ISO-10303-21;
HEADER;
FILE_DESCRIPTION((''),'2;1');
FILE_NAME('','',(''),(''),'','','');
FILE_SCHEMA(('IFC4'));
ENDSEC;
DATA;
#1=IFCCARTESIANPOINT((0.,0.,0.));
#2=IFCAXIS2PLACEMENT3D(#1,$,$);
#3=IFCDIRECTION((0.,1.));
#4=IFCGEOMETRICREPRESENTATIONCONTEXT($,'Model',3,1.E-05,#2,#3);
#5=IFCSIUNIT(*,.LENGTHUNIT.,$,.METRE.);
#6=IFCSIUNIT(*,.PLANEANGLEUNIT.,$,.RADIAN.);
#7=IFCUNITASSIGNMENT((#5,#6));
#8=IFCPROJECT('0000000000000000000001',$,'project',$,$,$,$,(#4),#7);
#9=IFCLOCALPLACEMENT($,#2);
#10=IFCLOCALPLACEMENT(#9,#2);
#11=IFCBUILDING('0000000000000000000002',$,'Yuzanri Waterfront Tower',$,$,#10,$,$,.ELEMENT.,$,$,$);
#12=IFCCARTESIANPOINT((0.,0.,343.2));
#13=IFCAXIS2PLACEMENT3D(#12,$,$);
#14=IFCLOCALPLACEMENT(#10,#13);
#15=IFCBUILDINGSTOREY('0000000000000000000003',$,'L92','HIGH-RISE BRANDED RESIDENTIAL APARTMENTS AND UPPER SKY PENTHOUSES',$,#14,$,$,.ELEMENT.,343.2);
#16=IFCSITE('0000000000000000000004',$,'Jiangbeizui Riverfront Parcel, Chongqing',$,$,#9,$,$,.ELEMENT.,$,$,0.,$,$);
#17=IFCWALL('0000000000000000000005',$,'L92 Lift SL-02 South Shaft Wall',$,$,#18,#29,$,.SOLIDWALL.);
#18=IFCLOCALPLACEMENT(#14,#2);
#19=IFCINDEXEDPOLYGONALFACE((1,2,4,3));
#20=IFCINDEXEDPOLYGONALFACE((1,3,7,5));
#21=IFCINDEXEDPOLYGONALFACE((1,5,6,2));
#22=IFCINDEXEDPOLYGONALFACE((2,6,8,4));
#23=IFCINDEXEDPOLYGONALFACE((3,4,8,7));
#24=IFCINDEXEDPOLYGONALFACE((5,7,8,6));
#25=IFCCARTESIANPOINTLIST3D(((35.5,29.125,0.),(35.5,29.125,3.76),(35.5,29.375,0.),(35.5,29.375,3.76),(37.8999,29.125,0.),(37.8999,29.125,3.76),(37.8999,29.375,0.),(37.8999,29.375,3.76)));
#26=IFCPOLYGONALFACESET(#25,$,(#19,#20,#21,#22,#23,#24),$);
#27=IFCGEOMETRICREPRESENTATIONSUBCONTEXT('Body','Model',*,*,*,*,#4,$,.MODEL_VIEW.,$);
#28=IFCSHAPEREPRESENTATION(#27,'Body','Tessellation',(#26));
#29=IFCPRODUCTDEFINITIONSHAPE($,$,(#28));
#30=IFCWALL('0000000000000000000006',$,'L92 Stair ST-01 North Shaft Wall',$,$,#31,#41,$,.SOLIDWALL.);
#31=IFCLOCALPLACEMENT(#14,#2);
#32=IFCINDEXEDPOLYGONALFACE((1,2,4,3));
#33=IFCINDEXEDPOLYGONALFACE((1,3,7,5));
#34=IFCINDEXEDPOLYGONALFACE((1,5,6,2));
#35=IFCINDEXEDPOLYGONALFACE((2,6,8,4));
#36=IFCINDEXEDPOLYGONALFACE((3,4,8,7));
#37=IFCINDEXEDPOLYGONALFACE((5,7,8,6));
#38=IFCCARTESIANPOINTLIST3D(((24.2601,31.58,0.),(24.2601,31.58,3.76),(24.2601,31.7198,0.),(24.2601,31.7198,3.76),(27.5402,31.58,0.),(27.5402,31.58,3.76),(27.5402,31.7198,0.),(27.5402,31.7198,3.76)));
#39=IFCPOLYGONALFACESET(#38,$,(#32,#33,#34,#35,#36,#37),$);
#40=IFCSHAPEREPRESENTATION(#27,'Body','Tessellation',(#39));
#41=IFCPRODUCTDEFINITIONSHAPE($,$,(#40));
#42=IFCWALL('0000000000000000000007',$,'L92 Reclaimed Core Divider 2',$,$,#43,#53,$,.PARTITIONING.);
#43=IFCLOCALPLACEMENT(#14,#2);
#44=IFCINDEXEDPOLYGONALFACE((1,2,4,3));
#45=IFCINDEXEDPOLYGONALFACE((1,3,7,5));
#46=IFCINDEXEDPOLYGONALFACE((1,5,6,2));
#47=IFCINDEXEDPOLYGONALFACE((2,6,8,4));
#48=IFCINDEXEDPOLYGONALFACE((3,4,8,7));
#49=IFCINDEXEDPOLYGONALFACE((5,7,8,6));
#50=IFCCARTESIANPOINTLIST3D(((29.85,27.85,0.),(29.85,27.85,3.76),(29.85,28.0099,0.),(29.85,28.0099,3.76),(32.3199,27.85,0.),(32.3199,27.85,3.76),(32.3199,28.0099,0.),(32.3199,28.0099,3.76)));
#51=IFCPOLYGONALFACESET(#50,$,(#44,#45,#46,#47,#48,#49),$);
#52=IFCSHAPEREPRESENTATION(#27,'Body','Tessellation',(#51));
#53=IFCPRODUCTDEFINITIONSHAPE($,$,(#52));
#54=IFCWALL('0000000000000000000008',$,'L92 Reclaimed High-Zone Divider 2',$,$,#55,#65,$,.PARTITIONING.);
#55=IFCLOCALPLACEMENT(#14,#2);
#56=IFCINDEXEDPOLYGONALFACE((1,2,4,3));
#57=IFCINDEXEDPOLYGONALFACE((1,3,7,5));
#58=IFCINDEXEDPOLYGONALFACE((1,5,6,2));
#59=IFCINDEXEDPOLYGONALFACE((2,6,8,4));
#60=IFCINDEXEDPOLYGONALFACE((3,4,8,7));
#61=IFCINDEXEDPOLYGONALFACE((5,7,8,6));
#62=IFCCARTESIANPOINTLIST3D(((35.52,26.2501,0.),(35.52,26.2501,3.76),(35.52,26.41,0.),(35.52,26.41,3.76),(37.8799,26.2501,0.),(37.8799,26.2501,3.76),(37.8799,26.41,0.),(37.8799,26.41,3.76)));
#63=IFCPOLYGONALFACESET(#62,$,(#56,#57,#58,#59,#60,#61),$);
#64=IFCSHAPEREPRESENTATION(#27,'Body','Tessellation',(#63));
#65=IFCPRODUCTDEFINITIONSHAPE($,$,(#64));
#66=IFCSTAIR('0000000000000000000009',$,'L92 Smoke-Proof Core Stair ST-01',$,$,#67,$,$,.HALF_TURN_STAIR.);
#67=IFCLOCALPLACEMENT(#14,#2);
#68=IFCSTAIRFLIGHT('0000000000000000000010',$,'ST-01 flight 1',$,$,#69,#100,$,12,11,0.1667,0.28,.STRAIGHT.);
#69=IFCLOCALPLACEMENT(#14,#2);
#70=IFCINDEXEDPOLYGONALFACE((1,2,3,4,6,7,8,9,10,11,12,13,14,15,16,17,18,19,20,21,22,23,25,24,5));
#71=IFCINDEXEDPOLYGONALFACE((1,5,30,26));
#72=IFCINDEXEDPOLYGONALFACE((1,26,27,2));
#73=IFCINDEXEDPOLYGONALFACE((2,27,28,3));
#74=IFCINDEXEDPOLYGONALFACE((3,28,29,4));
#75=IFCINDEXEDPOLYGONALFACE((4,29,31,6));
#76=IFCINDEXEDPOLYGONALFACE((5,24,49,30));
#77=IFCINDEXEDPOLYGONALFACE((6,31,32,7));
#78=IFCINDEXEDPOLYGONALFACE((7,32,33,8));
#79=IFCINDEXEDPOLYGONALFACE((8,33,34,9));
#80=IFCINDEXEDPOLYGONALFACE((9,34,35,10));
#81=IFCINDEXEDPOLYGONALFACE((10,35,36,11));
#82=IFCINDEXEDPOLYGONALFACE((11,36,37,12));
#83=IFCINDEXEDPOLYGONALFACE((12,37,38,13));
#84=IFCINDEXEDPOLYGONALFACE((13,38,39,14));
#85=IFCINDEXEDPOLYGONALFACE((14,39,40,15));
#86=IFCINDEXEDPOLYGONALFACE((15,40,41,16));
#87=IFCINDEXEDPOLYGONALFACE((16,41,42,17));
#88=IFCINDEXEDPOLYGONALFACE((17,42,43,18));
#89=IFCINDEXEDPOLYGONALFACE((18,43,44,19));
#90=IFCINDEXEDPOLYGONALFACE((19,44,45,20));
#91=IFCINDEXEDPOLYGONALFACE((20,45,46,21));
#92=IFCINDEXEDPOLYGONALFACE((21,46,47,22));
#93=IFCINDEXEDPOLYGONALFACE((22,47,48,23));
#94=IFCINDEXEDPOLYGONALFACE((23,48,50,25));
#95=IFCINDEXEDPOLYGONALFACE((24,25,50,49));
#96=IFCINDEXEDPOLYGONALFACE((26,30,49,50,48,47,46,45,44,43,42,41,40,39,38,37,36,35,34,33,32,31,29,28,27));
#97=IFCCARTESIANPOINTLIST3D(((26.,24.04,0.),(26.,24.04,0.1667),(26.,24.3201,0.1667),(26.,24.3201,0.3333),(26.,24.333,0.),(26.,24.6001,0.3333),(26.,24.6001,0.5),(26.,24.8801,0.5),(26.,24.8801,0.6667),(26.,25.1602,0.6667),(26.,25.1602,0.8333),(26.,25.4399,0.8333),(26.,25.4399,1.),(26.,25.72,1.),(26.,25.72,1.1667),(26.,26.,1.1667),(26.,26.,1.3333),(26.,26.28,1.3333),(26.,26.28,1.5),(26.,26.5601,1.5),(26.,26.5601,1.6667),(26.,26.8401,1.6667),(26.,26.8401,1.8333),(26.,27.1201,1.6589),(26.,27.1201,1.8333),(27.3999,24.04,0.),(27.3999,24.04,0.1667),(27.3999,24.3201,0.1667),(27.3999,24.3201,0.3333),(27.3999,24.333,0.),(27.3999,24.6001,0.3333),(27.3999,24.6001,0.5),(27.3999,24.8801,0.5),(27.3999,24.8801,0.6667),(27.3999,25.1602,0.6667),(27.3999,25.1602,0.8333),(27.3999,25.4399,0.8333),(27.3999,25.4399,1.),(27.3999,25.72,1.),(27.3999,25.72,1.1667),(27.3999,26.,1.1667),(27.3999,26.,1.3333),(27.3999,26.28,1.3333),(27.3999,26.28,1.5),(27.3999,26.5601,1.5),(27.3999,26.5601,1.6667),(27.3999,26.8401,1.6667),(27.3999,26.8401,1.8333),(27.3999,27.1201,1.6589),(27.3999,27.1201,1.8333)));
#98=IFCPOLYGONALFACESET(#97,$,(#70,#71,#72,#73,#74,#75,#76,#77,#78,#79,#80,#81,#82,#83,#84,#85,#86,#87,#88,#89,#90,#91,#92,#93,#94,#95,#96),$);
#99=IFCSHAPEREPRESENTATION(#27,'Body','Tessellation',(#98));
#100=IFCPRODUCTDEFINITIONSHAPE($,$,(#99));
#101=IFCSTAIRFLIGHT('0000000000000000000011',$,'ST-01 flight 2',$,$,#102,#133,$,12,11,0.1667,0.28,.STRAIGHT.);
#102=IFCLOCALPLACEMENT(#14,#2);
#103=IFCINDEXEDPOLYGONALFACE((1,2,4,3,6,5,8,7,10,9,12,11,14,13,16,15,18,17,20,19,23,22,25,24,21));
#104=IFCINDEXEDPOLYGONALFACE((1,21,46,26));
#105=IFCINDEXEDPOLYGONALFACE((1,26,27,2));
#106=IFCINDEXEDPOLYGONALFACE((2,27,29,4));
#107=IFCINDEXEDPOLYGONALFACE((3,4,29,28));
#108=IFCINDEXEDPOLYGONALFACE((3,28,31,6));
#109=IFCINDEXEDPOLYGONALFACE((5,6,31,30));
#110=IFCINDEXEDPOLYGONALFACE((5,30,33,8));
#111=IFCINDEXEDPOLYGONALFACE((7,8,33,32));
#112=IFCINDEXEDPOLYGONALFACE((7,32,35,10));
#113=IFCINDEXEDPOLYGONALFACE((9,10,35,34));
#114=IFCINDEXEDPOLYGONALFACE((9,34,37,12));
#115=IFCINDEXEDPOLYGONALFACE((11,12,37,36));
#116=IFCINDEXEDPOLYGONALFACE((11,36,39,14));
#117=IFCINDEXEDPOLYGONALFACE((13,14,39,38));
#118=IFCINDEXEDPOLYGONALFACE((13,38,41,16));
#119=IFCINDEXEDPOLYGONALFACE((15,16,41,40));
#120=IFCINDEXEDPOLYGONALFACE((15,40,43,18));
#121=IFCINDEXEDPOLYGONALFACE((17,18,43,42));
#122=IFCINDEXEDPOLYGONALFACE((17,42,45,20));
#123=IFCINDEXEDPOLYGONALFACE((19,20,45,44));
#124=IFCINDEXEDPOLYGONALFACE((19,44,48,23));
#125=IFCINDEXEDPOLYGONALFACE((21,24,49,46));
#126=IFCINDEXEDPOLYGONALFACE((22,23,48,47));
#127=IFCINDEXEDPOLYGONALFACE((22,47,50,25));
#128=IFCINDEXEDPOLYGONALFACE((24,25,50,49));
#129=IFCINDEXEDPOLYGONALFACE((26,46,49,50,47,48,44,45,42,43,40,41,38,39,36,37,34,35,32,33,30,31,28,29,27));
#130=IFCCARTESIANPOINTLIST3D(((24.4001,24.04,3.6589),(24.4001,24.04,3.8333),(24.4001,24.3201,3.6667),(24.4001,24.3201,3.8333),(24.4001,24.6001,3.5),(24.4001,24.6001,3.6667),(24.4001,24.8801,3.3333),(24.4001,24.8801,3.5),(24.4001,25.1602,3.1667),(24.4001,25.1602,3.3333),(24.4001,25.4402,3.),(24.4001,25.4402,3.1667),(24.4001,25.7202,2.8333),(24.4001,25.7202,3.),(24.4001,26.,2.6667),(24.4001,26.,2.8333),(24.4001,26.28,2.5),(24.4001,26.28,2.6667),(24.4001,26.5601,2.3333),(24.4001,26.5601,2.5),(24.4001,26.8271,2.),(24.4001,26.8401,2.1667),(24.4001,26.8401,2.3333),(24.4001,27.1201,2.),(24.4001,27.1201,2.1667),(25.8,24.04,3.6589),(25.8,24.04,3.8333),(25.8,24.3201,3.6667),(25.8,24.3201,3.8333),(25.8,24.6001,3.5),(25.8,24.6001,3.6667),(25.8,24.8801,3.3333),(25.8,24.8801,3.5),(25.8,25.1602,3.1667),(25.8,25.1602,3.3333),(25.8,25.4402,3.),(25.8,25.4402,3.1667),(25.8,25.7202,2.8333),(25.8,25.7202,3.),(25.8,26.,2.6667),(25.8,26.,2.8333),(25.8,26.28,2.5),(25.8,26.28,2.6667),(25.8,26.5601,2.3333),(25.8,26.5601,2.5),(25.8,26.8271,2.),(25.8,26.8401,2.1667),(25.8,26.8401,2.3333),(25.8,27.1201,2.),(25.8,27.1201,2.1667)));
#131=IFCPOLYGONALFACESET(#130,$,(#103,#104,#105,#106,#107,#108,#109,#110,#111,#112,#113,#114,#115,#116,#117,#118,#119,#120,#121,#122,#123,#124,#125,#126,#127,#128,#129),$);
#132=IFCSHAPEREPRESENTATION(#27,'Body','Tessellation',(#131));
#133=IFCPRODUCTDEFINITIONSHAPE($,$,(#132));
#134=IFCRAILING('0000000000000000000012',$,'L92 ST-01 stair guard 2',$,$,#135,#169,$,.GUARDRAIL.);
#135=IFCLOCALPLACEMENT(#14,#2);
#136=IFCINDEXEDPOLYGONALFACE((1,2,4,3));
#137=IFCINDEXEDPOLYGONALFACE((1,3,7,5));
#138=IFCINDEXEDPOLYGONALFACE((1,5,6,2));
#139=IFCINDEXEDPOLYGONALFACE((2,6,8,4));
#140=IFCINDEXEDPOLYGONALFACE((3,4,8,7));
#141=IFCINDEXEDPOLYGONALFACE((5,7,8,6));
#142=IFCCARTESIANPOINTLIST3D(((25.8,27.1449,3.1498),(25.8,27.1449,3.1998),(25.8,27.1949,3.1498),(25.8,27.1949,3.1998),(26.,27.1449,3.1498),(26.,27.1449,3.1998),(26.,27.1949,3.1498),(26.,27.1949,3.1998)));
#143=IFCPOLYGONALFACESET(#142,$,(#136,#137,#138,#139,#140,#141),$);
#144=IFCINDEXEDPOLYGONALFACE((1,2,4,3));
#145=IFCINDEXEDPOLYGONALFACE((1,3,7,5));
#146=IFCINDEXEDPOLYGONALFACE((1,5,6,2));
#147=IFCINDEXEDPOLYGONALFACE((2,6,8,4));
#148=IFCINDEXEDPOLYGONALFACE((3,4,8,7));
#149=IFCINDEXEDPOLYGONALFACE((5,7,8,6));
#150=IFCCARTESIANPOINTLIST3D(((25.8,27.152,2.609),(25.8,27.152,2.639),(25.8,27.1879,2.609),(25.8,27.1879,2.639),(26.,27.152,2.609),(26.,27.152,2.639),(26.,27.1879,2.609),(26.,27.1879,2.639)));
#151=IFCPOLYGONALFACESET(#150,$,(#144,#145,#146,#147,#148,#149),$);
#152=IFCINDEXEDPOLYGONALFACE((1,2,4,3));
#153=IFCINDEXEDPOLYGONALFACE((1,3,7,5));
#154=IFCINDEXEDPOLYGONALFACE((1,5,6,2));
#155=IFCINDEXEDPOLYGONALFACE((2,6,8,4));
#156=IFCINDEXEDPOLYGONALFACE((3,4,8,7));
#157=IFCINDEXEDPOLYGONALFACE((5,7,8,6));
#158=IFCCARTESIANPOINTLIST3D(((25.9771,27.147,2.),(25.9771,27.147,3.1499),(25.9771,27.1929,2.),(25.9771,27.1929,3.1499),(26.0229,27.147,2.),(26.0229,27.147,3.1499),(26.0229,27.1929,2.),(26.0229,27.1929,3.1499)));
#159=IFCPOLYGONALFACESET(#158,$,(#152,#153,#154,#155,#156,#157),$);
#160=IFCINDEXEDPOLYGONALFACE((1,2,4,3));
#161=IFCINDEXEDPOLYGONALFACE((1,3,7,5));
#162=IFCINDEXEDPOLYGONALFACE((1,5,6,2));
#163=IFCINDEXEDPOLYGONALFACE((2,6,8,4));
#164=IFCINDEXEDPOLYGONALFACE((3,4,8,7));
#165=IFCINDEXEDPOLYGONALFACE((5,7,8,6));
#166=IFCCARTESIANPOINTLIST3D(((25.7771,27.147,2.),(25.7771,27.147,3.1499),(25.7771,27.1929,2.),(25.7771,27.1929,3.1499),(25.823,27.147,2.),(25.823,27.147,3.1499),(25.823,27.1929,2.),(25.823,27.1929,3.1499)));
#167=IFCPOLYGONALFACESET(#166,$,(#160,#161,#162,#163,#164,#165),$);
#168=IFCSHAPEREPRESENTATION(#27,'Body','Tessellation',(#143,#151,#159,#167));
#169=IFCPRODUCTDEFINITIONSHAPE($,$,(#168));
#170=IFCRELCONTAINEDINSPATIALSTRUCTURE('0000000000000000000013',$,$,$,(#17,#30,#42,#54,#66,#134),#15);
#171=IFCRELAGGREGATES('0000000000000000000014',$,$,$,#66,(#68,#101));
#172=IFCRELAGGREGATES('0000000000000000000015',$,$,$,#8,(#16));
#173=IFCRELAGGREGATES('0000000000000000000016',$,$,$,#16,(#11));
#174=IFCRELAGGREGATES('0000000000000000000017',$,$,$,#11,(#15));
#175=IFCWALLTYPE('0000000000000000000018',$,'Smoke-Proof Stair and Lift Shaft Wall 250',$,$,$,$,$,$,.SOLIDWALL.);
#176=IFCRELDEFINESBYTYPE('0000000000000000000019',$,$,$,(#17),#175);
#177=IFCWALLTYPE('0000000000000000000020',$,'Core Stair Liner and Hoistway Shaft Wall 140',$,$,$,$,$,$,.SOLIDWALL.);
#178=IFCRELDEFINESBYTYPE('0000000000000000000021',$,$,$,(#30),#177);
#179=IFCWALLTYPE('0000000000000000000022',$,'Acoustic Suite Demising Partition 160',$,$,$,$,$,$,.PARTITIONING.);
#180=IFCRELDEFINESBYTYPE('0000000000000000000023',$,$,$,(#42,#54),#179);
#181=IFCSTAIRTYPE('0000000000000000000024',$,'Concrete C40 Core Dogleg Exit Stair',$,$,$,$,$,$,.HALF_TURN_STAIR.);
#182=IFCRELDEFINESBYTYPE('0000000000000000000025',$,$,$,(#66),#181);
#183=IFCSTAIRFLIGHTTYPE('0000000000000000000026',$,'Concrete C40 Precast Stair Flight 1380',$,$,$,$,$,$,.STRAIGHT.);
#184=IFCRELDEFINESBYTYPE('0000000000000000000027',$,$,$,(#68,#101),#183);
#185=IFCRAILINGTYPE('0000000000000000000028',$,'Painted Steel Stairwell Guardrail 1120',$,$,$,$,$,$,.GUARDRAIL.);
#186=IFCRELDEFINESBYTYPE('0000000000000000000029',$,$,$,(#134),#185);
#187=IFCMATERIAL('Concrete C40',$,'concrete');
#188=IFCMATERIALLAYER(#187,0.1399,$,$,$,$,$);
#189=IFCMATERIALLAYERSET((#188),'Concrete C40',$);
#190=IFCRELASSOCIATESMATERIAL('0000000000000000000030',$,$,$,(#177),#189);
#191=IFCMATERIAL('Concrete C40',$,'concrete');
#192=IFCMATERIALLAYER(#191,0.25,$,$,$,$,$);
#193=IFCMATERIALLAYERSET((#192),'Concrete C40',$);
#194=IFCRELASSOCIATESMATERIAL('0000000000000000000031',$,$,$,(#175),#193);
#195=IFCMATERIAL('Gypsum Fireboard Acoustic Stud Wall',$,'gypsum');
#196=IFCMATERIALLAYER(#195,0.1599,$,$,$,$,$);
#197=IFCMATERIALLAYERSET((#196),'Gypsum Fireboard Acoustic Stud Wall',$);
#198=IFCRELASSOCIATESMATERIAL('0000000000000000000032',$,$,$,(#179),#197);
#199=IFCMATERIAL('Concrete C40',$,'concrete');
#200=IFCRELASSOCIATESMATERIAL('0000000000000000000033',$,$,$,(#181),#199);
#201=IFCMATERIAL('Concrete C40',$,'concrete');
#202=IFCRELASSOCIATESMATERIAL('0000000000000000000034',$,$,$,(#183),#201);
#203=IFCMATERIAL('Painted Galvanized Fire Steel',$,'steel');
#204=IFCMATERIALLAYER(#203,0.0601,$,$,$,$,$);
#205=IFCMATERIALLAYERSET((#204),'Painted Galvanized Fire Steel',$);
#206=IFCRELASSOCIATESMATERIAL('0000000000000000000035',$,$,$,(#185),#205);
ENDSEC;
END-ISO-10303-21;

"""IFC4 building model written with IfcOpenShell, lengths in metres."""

from ifc_helpers import new_model, si_unit, direction, frame, frame_2d, origin, origin_2d, place, context, subcontext, project, spatial, polyline, rectangle, outline, extrude, source, transform, mapped, material, layer, layer_set, type_object, element, aggregate, save


model = new_model("IFC4")

# Units and contexts
model_context = context("Model", 3, precision=1e-05, world=origin(), true_north=direction((0.0, 1.0)))
body_context = subcontext(model_context, "Body", "Model", "MODEL_VIEW")
ifc_project = project(units=[si_unit("LENGTHUNIT", "METRE"), si_unit("PLANEANGLEUNIT", "RADIAN")], contexts=[model_context])

# Site, building, storey
site_placement = place(None, origin())
site = spatial("IfcSite", under=ifc_project, at=site_placement, Name="Jiangbeizui Riverfront Parcel, Chongqing", CompositionType="ELEMENT", RefElevation=0.0)
building_placement = place(site_placement, origin())
building = spatial("IfcBuilding", under=site, at=building_placement, Name="Yuzanri Waterfront Tower", CompositionType="ELEMENT")
storey_placement = place(building_placement, frame((0.0, 0.0, 343.2)))
storey = spatial("IfcBuildingStorey", under=building, at=storey_placement, Name="L92", Description="HIGH-RISE BRANDED RESIDENTIAL APARTMENTS AND UPPER SKY PENTHOUSES", CompositionType="ELEMENT", Elevation=343.2)

# Shared definitions
ifc_material_1 = material(Name="Concrete C40", Category="concrete")
ifc_layer_1 = layer(ifc_material_1, 0.1399)
ifc_layer_set_1 = layer_set([ifc_layer_1], Name="Concrete C40")
wall_type_1 = type_object("IfcWallType", Name="Core Stair Liner and Hoistway Shaft Wall 140", PredefinedType="SOLIDWALL", material=ifc_layer_set_1)

# Walls
ifc_material_2 = material(Name="Concrete C40", Category="concrete")
ifc_layer_2 = layer(ifc_material_2, 0.25)
ifc_layer_set_2 = layer_set([ifc_layer_2], Name="Concrete C40")
wall_type_2 = type_object("IfcWallType", Name="Smoke-Proof Stair and Lift Shaft Wall 250", PredefinedType="SOLIDWALL", material=ifc_layer_set_2)
shared_shape_1 = source(origin(), body_context, "Body", "SweptSolid", [
    extrude(rectangle(XDim=2.3999, YDim=0.25, at=frame_2d((1.2, 0.0))), origin(), (0.0, 0.0, 1.0), 3.76),
])
wall_1_placement = place(storey_placement, frame((35.5, 29.25, 0.0), z_axis=(0.0, 0.0, 1.0), x_axis=(1.0, 0.0, 0.0)))
element("IfcWall", 1, at=wall_1_placement, inside=storey, type_object=wall_type_2, Name="L92 Lift SL-02 South Shaft Wall", PredefinedType="SOLIDWALL", context=body_context, shape_type="MappedRepresentation", body=[
    mapped(shared_shape_1, transform((0.0, 0.0, 0.0), scale=1.0)),
])
shared_shape_2 = source(origin(), body_context, "Body", "SweptSolid", [
    extrude(rectangle(XDim=3.28, YDim=0.1399, at=frame_2d((1.6401, 0.0))), origin(), (0.0, 0.0, 1.0), 3.76),
])
wall_2_placement = place(storey_placement, frame((24.26, 31.6499, 0.0), z_axis=(0.0, 0.0, 1.0), x_axis=(1.0, 0.0, 0.0)))
element("IfcWall", 2, at=wall_2_placement, inside=storey, type_object=wall_type_1, Name="L92 Stair ST-01 North Shaft Wall", PredefinedType="SOLIDWALL", context=body_context, shape_type="MappedRepresentation", body=[
    mapped(shared_shape_2, transform((0.0, 0.0, 0.0), scale=1.0)),
])
ifc_material_3 = material(Name="Gypsum Fireboard Acoustic Stud Wall", Category="gypsum")
ifc_layer_3 = layer(ifc_material_3, 0.1599)
ifc_layer_set_3 = layer_set([ifc_layer_3], Name="Gypsum Fireboard Acoustic Stud Wall")
wall_type_3 = type_object("IfcWallType", Name="Acoustic Suite Demising Partition 160", PredefinedType="PARTITIONING", material=ifc_layer_set_3)
shared_shape_3 = source(origin(), body_context, "Body", "SweptSolid", [
    extrude(rectangle(XDim=2.47, YDim=0.1599, at=frame_2d((1.2349, 0.0))), origin(), (0.0, 0.0, 1.0), 3.76),
])
wall_3_placement = place(storey_placement, frame((29.8501, 27.9299, 0.0), z_axis=(0.0, 0.0, 1.0), x_axis=(1.0, 0.0, 0.0)))
element("IfcWall", 3, at=wall_3_placement, inside=storey, type_object=wall_type_3, Name="L92 Reclaimed Core Divider 2", PredefinedType="PARTITIONING", context=body_context, shape_type="MappedRepresentation", body=[
    mapped(shared_shape_3, transform((0.0, 0.0, 0.0), scale=1.0)),
])
shared_shape_4 = source(origin(), body_context, "Body", "SweptSolid", [
    extrude(rectangle(XDim=2.3599, YDim=0.1599, at=frame_2d((1.1799, 0.0))), origin(), (0.0, 0.0, 1.0), 3.76),
])
wall_4_placement = place(storey_placement, frame((35.52, 26.3301, 0.0), z_axis=(0.0, 0.0, 1.0), x_axis=(1.0, 0.0, 0.0)))
element("IfcWall", 4, at=wall_4_placement, inside=storey, type_object=wall_type_3, Name="L92 Reclaimed High-Zone Divider 2", PredefinedType="PARTITIONING", context=body_context, shape_type="MappedRepresentation", body=[
    mapped(shared_shape_4, transform((0.0, 0.0, 0.0), scale=1.0)),
])

# Stair, stair flights
ifc_material_4 = material(Name="Concrete C40", Category="concrete")
stair_type = type_object("IfcStairType", Name="Concrete C40 Core Dogleg Exit Stair", PredefinedType="HALF_TURN_STAIR", material=ifc_material_4)
stair_placement = place(storey_placement, origin())
stair = element("IfcStair", 5, at=stair_placement, inside=storey, type_object=stair_type, Name="L92 Smoke-Proof Core Stair ST-01", PredefinedType="HALF_TURN_STAIR")
ifc_material_5 = material(Name="Concrete C40", Category="concrete")
stair_flight_type = type_object("IfcStairFlightType", Name="Concrete C40 Precast Stair Flight 1380", PredefinedType="STRAIGHT", material=ifc_material_5)
shared_shape_5 = source(origin(), body_context, "Body", "SweptSolid", [
    extrude(outline(polyline([(0.0, 0.0), (0.0, 0.1667), (0.28, 0.1667), (0.28, 0.3333), (0.5601, 0.3333), (0.5601, 0.5), (0.8401, 0.5), (0.8401, 0.6667), (1.1201, 0.6667), (1.1201, 0.8333), (1.3999, 0.8333), (1.3999, 1.0), (1.6799, 1.0), (1.6799, 1.1667), (1.96, 1.1667), (1.96, 1.3333), (2.24, 1.3333), (2.24, 1.5), (2.52, 1.5), (2.52, 1.6667), (2.8, 1.6667), (2.8, 1.8333), (3.0801, 1.8333), (3.0801, 2.0), (3.0801, 1.6589), (0.293, 0.0), (0.0, 0.0)])), frame((0.0, 0.7, 0.0), z_axis=(0.0, -1.0, 0.0), x_axis=(1.0, 0.0, 0.0)), (0.0, 0.0, 1.0), 1.3999),
])
stair_flight_1_placement = place(storey_placement, frame((26.7, 24.04, 0.0), z_axis=(0.0, 0.0, 1.0), x_axis=(0.0, 1.0, 0.0)))
stair_flight_1 = element("IfcStairFlight", 6, at=stair_flight_1_placement, type_object=stair_flight_type, Name="ST-01 flight 1", NumberOfRisers=12, NumberOfTreads=11, PredefinedType="STRAIGHT", RiserHeight=0.1667, TreadLength=0.28, context=body_context, shape_type="MappedRepresentation", body=[
    mapped(shared_shape_5, transform((0.0, 0.0, 0.0), scale=1.0)),
])
stair_flight_2_placement = place(storey_placement, frame((25.1001, 27.1201, 2.0), z_axis=(0.0, 0.0, 1.0), x_axis=(0.0, -1.0, 0.0)))
stair_flight_2 = element("IfcStairFlight", 7, at=stair_flight_2_placement, type_object=stair_flight_type, Name="ST-01 flight 2", NumberOfRisers=12, NumberOfTreads=11, PredefinedType="STRAIGHT", RiserHeight=0.1667, TreadLength=0.28, context=body_context, shape_type="MappedRepresentation", body=[
    mapped(shared_shape_5, transform((0.0, 0.0, 0.0), scale=1.0)),
])
aggregate(stair, [stair_flight_1, stair_flight_2])

# Railing
ifc_material_6 = material(Name="Painted Galvanized Fire Steel", Category="steel")
ifc_layer_4 = layer(ifc_material_6, 0.0601)
ifc_layer_set_4 = layer_set([ifc_layer_4], Name="Painted Galvanized Fire Steel")
railing_type_1 = type_object("IfcRailingType", Name="Painted Steel Stairwell Guardrail 1120", PredefinedType="GUARDRAIL", material=ifc_layer_set_4)
shared_shape_6 = source(origin(), body_context, "Body", "SweptSolid", [
    extrude(rectangle(XDim=0.05, YDim=0.05, at=origin_2d()), frame((0.0, 0.0, 1.1748), z_axis=(-1.0, 0.0, 0.0), x_axis=(0.0, -1.0, 0.0)), (0.0, 0.0, 1.0), 0.2),
    extrude(rectangle(XDim=0.0359, YDim=0.03, at=origin_2d()), frame((0.0, 0.0, 0.624), z_axis=(-1.0, 0.0, 0.0), x_axis=(0.0, -1.0, 0.0)), (0.0, 0.0, 1.0), 0.2),
    extrude(rectangle(XDim=0.0459, YDim=0.0459, at=origin_2d()), origin(), (0.0, 0.0, 1.0), 1.1499),
    extrude(rectangle(XDim=0.0459, YDim=0.0459, at=origin_2d()), frame((-0.2, 0.0, 0.0)), (0.0, 0.0, 1.0), 1.1499),
])
railing_1_placement = place(storey_placement, frame((26.0, 27.1699, 2.0)))
element("IfcRailing", 8, at=railing_1_placement, inside=storey, type_object=railing_type_1, Name="L92 ST-01 stair guard 2", PredefinedType="GUARDRAIL", context=body_context, shape_type="MappedRepresentation", body=[
    mapped(shared_shape_6, transform((0.0, 0.0, 0.0), scale=1.0)),
])

save(model, "model.ifc")
